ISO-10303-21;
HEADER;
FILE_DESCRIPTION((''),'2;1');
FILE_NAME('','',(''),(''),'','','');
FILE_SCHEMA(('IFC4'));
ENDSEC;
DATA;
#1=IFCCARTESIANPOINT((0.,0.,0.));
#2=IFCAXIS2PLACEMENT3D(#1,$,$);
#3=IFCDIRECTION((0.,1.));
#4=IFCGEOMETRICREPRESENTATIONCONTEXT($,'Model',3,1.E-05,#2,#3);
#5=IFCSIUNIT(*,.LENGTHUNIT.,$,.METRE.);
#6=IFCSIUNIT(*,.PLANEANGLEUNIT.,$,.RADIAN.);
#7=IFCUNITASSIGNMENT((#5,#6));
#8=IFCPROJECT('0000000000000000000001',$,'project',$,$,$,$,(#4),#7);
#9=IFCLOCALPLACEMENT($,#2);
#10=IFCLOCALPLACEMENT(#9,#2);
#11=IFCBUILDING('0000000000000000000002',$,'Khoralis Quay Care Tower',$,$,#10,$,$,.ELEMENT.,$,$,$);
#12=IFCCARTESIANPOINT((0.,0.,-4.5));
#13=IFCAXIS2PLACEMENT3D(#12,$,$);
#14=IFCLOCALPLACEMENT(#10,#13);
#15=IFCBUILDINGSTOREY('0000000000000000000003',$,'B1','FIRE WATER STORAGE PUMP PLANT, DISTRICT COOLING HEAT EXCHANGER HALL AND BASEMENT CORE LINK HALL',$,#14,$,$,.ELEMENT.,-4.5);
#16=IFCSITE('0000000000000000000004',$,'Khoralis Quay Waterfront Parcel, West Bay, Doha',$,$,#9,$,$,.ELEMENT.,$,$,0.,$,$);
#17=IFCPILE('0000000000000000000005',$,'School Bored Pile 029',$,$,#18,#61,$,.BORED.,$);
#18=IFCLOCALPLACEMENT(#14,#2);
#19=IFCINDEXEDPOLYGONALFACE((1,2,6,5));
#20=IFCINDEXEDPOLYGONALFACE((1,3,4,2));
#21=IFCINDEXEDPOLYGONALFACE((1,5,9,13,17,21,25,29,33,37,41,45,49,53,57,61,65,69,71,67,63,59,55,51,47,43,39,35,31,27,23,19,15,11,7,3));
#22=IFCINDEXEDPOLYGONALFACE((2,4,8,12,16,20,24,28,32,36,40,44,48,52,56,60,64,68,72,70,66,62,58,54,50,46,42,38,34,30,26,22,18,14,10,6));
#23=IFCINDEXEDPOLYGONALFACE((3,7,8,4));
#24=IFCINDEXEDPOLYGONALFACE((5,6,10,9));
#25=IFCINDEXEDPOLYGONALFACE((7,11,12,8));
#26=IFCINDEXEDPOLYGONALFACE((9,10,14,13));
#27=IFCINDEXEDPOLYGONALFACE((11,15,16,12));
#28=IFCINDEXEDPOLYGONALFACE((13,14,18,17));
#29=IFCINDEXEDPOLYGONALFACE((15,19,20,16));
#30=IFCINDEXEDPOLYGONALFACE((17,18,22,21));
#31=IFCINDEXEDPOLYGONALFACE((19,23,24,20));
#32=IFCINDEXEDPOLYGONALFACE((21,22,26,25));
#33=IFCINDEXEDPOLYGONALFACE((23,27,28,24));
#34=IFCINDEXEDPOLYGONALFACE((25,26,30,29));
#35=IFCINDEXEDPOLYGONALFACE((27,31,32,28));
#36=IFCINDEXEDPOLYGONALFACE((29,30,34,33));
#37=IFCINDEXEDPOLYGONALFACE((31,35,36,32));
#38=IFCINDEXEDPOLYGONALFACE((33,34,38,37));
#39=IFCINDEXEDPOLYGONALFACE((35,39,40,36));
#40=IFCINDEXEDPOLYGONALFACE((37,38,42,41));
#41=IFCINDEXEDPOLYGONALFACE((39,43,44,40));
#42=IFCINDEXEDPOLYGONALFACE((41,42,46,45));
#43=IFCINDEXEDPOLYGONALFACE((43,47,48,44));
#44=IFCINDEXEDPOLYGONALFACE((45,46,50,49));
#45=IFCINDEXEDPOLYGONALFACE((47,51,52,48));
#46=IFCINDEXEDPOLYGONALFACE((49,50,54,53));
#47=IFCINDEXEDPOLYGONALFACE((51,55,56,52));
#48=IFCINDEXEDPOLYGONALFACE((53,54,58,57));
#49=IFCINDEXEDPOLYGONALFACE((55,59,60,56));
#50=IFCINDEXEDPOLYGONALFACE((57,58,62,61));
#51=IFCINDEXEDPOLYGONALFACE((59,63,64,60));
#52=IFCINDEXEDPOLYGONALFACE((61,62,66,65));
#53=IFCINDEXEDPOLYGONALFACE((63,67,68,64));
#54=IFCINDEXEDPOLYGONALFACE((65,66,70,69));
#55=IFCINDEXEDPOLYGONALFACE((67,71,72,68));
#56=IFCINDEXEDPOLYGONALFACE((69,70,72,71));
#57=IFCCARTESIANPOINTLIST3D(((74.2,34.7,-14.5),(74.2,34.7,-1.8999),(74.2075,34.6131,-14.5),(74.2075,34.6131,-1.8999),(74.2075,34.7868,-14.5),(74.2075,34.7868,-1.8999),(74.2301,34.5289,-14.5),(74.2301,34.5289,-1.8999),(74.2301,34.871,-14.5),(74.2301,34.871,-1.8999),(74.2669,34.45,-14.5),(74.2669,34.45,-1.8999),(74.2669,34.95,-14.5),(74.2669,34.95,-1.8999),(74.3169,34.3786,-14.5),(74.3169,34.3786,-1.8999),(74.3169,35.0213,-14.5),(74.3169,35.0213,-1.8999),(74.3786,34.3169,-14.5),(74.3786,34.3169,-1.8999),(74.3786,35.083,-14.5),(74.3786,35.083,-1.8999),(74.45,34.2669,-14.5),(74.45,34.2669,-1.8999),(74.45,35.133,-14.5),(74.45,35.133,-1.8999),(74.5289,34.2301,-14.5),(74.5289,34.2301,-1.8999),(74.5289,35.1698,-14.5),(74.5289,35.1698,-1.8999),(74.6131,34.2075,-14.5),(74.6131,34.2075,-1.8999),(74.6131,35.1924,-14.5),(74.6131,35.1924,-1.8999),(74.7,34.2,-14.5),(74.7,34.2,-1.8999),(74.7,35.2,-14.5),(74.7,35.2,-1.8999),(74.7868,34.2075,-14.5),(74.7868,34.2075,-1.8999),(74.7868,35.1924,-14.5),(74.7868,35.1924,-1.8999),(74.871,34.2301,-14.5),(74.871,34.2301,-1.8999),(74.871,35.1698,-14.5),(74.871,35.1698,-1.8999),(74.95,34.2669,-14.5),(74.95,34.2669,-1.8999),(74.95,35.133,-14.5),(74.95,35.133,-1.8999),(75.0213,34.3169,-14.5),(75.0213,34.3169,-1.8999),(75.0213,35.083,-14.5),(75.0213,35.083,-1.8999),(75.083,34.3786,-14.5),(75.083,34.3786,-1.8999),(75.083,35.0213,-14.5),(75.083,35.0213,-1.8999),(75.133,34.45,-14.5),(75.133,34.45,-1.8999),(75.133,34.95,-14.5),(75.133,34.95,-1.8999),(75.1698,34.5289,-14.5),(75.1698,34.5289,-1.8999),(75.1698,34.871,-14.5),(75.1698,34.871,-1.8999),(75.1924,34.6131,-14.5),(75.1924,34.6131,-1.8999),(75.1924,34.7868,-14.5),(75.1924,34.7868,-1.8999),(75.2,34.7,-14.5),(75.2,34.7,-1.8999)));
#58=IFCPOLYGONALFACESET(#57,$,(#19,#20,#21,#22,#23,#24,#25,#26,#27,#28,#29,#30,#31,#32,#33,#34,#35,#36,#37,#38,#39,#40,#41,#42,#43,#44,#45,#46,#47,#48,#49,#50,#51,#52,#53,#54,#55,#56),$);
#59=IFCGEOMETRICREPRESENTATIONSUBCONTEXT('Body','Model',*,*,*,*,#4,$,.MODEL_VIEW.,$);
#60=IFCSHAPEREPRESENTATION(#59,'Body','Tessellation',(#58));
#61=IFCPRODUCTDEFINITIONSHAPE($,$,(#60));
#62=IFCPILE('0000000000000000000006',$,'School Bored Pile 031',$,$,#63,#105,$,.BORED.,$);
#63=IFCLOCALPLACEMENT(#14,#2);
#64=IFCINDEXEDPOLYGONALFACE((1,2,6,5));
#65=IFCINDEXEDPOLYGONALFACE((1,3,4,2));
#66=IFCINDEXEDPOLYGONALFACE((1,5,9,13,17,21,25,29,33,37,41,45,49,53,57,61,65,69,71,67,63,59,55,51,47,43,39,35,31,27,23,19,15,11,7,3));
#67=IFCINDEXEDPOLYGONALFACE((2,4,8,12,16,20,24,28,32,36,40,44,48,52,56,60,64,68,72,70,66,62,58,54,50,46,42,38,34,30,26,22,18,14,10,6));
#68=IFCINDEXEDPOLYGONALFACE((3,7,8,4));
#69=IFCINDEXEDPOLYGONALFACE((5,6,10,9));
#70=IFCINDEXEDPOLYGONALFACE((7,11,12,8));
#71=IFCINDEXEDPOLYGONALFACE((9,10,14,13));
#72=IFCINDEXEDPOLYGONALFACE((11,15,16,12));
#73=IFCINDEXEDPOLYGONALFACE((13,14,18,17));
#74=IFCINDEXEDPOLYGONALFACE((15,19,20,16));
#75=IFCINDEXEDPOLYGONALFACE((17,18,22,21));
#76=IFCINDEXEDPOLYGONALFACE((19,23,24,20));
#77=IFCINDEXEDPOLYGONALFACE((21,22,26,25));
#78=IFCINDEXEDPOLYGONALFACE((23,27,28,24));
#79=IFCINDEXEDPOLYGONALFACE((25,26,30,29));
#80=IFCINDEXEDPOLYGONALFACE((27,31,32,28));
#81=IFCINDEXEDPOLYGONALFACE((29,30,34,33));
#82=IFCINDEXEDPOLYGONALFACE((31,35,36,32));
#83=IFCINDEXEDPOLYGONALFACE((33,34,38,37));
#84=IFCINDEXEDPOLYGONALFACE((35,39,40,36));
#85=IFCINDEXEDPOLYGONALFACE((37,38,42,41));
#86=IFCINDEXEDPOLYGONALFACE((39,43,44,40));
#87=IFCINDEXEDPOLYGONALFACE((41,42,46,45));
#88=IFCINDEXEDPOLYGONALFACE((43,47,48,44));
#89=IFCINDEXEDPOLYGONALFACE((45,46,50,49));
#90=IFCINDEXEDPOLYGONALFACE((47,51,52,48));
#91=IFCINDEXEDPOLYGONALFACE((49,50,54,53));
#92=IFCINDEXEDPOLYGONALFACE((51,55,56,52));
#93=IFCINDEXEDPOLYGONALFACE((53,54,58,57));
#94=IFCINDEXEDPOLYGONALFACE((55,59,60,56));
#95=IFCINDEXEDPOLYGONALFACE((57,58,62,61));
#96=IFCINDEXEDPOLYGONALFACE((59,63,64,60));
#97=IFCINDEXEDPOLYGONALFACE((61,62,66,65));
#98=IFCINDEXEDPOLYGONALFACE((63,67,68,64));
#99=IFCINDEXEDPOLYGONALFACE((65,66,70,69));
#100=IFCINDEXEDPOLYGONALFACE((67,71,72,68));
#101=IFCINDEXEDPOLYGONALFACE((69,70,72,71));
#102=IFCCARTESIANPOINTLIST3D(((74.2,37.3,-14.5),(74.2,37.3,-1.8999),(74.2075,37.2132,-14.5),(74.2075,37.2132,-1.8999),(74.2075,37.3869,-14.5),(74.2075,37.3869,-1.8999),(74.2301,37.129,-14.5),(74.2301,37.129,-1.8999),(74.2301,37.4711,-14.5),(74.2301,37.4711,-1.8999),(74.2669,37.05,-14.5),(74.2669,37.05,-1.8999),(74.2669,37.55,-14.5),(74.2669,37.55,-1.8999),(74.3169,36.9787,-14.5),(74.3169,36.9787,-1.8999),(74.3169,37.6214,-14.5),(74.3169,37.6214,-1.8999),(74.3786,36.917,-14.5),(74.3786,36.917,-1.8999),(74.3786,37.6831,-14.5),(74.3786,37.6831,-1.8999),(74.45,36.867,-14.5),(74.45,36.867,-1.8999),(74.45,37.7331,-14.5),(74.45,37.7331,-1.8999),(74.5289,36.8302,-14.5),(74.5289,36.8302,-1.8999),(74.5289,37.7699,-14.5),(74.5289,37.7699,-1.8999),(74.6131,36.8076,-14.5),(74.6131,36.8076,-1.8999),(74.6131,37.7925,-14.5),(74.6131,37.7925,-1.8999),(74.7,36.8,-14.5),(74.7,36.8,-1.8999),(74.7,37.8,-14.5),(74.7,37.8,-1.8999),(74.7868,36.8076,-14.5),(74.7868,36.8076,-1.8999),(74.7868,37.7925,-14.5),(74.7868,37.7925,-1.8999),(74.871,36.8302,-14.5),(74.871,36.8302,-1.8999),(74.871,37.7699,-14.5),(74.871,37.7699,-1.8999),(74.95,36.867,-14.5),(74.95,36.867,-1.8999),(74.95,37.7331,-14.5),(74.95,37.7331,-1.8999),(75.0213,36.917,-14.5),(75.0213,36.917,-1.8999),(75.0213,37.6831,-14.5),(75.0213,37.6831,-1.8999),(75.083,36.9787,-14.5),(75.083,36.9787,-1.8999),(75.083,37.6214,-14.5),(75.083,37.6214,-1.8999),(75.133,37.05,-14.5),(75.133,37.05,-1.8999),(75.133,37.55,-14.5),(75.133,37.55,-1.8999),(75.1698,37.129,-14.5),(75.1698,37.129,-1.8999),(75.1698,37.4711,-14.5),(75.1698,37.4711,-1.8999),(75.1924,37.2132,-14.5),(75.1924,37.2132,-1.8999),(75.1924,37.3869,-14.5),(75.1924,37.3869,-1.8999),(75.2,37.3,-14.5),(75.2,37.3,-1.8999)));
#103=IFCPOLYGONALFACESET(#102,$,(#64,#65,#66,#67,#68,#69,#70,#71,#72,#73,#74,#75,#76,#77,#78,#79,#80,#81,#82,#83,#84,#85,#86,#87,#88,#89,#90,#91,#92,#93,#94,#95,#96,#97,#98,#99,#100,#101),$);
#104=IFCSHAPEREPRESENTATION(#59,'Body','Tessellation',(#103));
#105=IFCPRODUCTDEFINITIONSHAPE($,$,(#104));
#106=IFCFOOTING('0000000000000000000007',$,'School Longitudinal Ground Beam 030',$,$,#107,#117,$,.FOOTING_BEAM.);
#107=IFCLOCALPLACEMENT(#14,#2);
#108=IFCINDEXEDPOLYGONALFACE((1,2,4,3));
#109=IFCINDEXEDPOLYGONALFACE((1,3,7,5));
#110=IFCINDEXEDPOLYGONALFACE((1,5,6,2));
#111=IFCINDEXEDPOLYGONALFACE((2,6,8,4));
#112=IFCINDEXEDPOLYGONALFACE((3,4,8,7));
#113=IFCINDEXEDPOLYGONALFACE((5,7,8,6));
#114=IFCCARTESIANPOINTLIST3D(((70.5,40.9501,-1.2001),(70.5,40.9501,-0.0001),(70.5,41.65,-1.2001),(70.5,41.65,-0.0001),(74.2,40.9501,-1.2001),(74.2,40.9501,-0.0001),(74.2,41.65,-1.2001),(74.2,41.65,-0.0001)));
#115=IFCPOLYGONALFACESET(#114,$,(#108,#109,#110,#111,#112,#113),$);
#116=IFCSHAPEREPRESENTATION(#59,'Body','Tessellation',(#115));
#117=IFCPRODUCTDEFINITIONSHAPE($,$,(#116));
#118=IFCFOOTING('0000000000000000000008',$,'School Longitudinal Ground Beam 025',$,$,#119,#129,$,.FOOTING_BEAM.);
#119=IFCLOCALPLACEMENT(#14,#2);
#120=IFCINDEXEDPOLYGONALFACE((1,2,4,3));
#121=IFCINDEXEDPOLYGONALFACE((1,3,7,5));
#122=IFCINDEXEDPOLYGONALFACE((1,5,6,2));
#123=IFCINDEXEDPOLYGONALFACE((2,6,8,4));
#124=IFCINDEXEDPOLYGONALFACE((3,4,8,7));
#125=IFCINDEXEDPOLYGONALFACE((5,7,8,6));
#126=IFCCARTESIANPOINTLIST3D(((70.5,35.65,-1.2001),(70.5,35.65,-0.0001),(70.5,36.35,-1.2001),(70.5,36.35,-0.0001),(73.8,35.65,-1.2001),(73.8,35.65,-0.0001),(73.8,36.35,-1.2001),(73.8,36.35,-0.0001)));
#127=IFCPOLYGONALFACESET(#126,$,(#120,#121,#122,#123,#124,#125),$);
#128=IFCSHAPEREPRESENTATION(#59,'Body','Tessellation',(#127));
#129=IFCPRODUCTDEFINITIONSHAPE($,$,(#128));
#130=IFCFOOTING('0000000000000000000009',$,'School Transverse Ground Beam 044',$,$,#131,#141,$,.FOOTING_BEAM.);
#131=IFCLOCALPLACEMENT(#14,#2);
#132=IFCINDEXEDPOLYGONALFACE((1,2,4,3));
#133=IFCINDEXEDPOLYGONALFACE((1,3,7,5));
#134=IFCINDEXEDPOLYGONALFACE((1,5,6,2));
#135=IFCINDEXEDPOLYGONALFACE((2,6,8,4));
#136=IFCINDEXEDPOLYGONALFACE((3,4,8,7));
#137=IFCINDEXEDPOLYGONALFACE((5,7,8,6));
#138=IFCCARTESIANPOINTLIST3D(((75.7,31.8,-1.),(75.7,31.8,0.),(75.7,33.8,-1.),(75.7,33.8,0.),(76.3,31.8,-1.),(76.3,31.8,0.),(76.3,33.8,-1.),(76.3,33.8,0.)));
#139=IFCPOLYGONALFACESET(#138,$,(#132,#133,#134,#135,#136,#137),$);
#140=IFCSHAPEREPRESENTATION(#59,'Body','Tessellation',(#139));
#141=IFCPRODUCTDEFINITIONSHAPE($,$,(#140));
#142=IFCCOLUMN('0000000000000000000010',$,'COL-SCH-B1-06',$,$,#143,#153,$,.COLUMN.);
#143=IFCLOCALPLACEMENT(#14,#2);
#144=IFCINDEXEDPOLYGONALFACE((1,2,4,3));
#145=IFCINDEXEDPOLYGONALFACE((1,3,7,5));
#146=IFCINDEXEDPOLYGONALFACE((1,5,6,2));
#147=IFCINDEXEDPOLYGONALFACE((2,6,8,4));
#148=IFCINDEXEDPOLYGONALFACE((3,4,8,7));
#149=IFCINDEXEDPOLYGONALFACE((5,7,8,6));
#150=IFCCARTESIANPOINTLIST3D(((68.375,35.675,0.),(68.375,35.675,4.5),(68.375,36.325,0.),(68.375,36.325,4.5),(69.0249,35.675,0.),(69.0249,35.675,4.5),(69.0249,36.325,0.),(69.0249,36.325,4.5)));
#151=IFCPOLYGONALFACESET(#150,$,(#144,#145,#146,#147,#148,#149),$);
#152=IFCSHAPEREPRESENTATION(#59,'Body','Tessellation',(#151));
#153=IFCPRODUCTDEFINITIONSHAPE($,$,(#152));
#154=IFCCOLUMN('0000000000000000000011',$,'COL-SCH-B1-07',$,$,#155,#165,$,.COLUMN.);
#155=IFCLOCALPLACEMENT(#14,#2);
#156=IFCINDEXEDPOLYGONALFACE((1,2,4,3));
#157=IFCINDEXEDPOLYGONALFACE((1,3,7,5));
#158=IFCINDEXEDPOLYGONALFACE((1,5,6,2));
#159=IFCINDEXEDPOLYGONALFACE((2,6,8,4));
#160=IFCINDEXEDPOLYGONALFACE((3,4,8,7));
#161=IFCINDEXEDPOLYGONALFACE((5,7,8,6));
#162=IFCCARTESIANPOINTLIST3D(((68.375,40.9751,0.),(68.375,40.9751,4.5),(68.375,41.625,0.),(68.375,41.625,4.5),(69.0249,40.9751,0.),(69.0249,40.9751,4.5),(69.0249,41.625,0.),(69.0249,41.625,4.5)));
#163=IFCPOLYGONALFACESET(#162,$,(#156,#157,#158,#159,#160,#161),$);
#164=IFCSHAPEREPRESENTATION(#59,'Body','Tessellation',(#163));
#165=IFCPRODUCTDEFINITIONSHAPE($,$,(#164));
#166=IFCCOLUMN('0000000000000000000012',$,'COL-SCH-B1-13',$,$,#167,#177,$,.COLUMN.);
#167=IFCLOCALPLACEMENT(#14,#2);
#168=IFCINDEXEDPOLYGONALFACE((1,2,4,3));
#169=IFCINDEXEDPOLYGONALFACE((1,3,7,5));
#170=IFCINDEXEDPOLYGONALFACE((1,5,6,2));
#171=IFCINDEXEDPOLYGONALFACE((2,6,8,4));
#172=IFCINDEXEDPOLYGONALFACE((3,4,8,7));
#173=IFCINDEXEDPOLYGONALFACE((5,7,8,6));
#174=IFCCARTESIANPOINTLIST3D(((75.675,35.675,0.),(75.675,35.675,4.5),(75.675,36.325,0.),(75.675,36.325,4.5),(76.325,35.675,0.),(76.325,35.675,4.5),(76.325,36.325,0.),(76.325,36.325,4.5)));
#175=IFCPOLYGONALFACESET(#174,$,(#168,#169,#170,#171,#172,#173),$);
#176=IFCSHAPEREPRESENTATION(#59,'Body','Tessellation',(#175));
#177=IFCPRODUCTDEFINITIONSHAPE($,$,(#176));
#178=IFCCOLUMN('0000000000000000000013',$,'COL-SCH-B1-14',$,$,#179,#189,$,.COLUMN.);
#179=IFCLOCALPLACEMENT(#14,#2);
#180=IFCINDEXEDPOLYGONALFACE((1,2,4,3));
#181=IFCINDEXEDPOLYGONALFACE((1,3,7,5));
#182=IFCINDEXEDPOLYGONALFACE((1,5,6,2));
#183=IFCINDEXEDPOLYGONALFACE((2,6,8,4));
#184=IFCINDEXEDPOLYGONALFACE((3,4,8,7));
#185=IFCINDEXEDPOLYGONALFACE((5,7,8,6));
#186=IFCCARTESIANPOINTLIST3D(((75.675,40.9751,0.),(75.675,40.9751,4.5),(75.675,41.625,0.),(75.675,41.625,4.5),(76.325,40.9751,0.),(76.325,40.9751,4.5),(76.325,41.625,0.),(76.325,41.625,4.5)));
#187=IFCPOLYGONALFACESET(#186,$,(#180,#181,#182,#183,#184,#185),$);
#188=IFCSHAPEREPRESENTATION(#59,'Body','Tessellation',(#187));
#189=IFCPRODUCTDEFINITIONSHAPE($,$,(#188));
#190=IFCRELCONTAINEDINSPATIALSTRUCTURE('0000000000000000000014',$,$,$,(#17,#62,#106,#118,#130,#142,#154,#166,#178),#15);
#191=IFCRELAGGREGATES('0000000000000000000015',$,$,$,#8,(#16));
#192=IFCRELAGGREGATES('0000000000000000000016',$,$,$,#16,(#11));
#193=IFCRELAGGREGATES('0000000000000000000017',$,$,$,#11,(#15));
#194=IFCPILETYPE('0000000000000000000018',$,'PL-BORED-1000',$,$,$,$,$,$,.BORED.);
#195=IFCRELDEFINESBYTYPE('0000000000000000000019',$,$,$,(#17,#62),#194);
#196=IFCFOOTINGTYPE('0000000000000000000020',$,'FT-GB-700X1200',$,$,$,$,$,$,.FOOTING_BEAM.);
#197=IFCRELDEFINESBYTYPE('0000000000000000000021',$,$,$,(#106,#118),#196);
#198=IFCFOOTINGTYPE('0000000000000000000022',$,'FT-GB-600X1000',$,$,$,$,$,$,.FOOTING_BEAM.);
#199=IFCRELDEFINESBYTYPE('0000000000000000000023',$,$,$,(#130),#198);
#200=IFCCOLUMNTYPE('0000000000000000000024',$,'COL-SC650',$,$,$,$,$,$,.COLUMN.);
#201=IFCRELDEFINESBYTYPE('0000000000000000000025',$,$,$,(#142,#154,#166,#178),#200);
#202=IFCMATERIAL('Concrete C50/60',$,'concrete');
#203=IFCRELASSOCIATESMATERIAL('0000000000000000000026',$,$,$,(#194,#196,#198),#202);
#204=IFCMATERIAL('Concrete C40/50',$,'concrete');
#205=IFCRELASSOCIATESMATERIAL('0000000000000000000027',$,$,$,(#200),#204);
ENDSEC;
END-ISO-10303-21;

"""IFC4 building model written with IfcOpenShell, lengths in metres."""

from ifc_helpers import new_model, si_unit, direction, frame, origin, origin_2d, place, context, subcontext, project, spatial, rectangle, circle, extrude, source, transform, mapped, material, material_profile, profile_set, type_object, element, save


model = new_model("IFC4")

# Units and contexts
model_context = context("Model", 3, precision=1e-05, world=origin(), true_north=direction((0.0, 1.0)))
body_context = subcontext(model_context, "Body", "Model", "MODEL_VIEW")
ifc_project = project(units=[si_unit("LENGTHUNIT", "METRE"), si_unit("PLANEANGLEUNIT", "RADIAN")], contexts=[model_context])

# Site, building, storey
site_placement = place(None, origin())
site = spatial("IfcSite", under=ifc_project, at=site_placement, Name="Khoralis Quay Waterfront Parcel, West Bay, Doha", CompositionType="ELEMENT", RefElevation=0.0)
building_placement = place(site_placement, origin())
building = spatial("IfcBuilding", under=site, at=building_placement, Name="Khoralis Quay Care Tower", CompositionType="ELEMENT")
storey_placement = place(building_placement, frame((0.0, 0.0, -4.5)))
storey = spatial("IfcBuildingStorey", under=building, at=storey_placement, Name="B1", Description="FIRE WATER STORAGE PUMP PLANT, DISTRICT COOLING HEAT EXCHANGER HALL AND BASEMENT CORE LINK HALL", CompositionType="ELEMENT", Elevation=-4.5)

# Shared definitions
ifc_material_1 = material(Name="Concrete C50/60", Category="concrete")

# Piles
ifc_material_profile_1 = material_profile(ifc_material_1, circle(Radius=0.5, at=origin_2d()), Name="Concrete C50/60")
ifc_profile_set_1 = profile_set([ifc_material_profile_1], Name="Concrete C50/60")
pile_type_1 = type_object("IfcPileType", Name="PL-BORED-1000", PredefinedType="BORED", material=ifc_profile_set_1)
shared_shape_1 = source(origin(), body_context, "Body", "SweptSolid", [
    extrude(circle(Radius=0.5, at=origin_2d()), origin(), (0.0, 0.0, 1.0), 12.6001),
])
for number, where, z_axis, x_axis, name in (
    (1, (74.7, 34.7, -1.8999), (0.0, 0.0, -1.0), (1.0, 0.0, 0.0), "School Bored Pile 029"),
    (2, (74.7, 37.3, -1.8999), (0.0, 0.0, -1.0), (1.0, 0.0, 0.0), "School Bored Pile 031"),
):
    element("IfcPile", number, at=place(storey_placement, frame(where, z_axis=z_axis, x_axis=x_axis)), inside=storey, type_object=pile_type_1, Name=name, PredefinedType="BORED", context=body_context, shape_type="MappedRepresentation", body=[
        mapped(shared_shape_1, transform((0.0, 0.0, 0.0), scale=1.0)),
    ])

# Footings
ifc_material_profile_2 = material_profile(ifc_material_1, rectangle(XDim=0.7, YDim=1.2, at=origin_2d()), Name="Concrete C50/60")
ifc_profile_set_2 = profile_set([ifc_material_profile_2], Name="Concrete C50/60")
footing_type_1 = type_object("IfcFootingType", Name="FT-GB-700X1200", PredefinedType="FOOTING_BEAM", material=ifc_profile_set_2)
shared_shape_2 = source(origin(), body_context, "Body", "SweptSolid", [
    extrude(rectangle(XDim=0.7, YDim=1.2, at=origin_2d()), origin(), (0.0, 0.0, 1.0), 3.7),
])
footing_1_placement = place(storey_placement, frame((70.5, 41.3, -0.6001), z_axis=(1.0, 0.0, 0.0), x_axis=(0.0, 1.0, 0.0)))
element("IfcFooting", 3, at=footing_1_placement, inside=storey, type_object=footing_type_1, Name="School Longitudinal Ground Beam 030", PredefinedType="FOOTING_BEAM", context=body_context, shape_type="MappedRepresentation", body=[
    mapped(shared_shape_2, transform((0.0, 0.0, 0.0), scale=1.0)),
])
shared_shape_3 = source(origin(), body_context, "Body", "SweptSolid", [
    extrude(rectangle(XDim=0.7, YDim=1.2, at=origin_2d()), origin(), (0.0, 0.0, 1.0), 3.3),
])
footing_2_placement = place(storey_placement, frame((70.5, 36.0, -0.6001), z_axis=(1.0, 0.0, 0.0), x_axis=(0.0, 1.0, 0.0)))
element("IfcFooting", 4, at=footing_2_placement, inside=storey, type_object=footing_type_1, Name="School Longitudinal Ground Beam 025", PredefinedType="FOOTING_BEAM", context=body_context, shape_type="MappedRepresentation", body=[
    mapped(shared_shape_3, transform((0.0, 0.0, 0.0), scale=1.0)),
])
ifc_material_profile_3 = material_profile(ifc_material_1, rectangle(XDim=0.6001, YDim=1.0, at=origin_2d()), Name="Concrete C50/60")
ifc_profile_set_3 = profile_set([ifc_material_profile_3], Name="Concrete C50/60")
footing_type_2 = type_object("IfcFootingType", Name="FT-GB-600X1000", PredefinedType="FOOTING_BEAM", material=ifc_profile_set_3)
shared_shape_4 = source(origin(), body_context, "Body", "SweptSolid", [
    extrude(rectangle(XDim=0.6001, YDim=1.0, at=origin_2d()), origin(), (0.0, 0.0, 1.0), 2.0),
])
footing_3_placement = place(storey_placement, frame((76.0, 31.8, -0.5), z_axis=(0.0, 1.0, 0.0), x_axis=(-1.0, 0.0, 0.0)))
element("IfcFooting", 5, at=footing_3_placement, inside=storey, type_object=footing_type_2, Name="School Transverse Ground Beam 044", PredefinedType="FOOTING_BEAM", context=body_context, shape_type="MappedRepresentation", body=[
    mapped(shared_shape_4, transform((0.0, 0.0, 0.0), scale=1.0)),
])

# Columns
ifc_material_2 = material(Name="Concrete C40/50", Category="concrete")
ifc_material_profile_4 = material_profile(ifc_material_2, rectangle(XDim=0.6499, YDim=0.6499, at=origin_2d()), Name="Concrete C40/50")
ifc_profile_set_4 = profile_set([ifc_material_profile_4], Name="Concrete C40/50")
column_type = type_object("IfcColumnType", Name="COL-SC650", PredefinedType="COLUMN", material=ifc_profile_set_4)
shared_shape_5 = source(origin(), body_context, "Body", "SweptSolid", [
    extrude(rectangle(XDim=0.6499, YDim=0.6499, at=origin_2d()), origin(), (0.0, 0.0, 1.0), 4.5),
])
for number, where, z_axis, x_axis, name in (
    (6, (68.7, 36.0, 0.0), (0.0, 0.0, 1.0), (1.0, 0.0, 0.0), "COL-SCH-B1-06"),
    (7, (68.7, 41.3, 0.0), (0.0, 0.0, 1.0), (1.0, 0.0, 0.0), "COL-SCH-B1-07"),
    (8, (76.0, 36.0, 0.0), (0.0, 0.0, 1.0), (1.0, 0.0, 0.0), "COL-SCH-B1-13"),
    (9, (76.0, 41.3, 0.0), (0.0, 0.0, 1.0), (1.0, 0.0, 0.0), "COL-SCH-B1-14"),
):
    element("IfcColumn", number, at=place(storey_placement, frame(where, z_axis=z_axis, x_axis=x_axis)), inside=storey, type_object=column_type, Name=name, PredefinedType="COLUMN", context=body_context, shape_type="MappedRepresentation", body=[
        mapped(shared_shape_5, transform((0.0, 0.0, 0.0), scale=1.0)),
    ])

save(model, "model.ifc")
